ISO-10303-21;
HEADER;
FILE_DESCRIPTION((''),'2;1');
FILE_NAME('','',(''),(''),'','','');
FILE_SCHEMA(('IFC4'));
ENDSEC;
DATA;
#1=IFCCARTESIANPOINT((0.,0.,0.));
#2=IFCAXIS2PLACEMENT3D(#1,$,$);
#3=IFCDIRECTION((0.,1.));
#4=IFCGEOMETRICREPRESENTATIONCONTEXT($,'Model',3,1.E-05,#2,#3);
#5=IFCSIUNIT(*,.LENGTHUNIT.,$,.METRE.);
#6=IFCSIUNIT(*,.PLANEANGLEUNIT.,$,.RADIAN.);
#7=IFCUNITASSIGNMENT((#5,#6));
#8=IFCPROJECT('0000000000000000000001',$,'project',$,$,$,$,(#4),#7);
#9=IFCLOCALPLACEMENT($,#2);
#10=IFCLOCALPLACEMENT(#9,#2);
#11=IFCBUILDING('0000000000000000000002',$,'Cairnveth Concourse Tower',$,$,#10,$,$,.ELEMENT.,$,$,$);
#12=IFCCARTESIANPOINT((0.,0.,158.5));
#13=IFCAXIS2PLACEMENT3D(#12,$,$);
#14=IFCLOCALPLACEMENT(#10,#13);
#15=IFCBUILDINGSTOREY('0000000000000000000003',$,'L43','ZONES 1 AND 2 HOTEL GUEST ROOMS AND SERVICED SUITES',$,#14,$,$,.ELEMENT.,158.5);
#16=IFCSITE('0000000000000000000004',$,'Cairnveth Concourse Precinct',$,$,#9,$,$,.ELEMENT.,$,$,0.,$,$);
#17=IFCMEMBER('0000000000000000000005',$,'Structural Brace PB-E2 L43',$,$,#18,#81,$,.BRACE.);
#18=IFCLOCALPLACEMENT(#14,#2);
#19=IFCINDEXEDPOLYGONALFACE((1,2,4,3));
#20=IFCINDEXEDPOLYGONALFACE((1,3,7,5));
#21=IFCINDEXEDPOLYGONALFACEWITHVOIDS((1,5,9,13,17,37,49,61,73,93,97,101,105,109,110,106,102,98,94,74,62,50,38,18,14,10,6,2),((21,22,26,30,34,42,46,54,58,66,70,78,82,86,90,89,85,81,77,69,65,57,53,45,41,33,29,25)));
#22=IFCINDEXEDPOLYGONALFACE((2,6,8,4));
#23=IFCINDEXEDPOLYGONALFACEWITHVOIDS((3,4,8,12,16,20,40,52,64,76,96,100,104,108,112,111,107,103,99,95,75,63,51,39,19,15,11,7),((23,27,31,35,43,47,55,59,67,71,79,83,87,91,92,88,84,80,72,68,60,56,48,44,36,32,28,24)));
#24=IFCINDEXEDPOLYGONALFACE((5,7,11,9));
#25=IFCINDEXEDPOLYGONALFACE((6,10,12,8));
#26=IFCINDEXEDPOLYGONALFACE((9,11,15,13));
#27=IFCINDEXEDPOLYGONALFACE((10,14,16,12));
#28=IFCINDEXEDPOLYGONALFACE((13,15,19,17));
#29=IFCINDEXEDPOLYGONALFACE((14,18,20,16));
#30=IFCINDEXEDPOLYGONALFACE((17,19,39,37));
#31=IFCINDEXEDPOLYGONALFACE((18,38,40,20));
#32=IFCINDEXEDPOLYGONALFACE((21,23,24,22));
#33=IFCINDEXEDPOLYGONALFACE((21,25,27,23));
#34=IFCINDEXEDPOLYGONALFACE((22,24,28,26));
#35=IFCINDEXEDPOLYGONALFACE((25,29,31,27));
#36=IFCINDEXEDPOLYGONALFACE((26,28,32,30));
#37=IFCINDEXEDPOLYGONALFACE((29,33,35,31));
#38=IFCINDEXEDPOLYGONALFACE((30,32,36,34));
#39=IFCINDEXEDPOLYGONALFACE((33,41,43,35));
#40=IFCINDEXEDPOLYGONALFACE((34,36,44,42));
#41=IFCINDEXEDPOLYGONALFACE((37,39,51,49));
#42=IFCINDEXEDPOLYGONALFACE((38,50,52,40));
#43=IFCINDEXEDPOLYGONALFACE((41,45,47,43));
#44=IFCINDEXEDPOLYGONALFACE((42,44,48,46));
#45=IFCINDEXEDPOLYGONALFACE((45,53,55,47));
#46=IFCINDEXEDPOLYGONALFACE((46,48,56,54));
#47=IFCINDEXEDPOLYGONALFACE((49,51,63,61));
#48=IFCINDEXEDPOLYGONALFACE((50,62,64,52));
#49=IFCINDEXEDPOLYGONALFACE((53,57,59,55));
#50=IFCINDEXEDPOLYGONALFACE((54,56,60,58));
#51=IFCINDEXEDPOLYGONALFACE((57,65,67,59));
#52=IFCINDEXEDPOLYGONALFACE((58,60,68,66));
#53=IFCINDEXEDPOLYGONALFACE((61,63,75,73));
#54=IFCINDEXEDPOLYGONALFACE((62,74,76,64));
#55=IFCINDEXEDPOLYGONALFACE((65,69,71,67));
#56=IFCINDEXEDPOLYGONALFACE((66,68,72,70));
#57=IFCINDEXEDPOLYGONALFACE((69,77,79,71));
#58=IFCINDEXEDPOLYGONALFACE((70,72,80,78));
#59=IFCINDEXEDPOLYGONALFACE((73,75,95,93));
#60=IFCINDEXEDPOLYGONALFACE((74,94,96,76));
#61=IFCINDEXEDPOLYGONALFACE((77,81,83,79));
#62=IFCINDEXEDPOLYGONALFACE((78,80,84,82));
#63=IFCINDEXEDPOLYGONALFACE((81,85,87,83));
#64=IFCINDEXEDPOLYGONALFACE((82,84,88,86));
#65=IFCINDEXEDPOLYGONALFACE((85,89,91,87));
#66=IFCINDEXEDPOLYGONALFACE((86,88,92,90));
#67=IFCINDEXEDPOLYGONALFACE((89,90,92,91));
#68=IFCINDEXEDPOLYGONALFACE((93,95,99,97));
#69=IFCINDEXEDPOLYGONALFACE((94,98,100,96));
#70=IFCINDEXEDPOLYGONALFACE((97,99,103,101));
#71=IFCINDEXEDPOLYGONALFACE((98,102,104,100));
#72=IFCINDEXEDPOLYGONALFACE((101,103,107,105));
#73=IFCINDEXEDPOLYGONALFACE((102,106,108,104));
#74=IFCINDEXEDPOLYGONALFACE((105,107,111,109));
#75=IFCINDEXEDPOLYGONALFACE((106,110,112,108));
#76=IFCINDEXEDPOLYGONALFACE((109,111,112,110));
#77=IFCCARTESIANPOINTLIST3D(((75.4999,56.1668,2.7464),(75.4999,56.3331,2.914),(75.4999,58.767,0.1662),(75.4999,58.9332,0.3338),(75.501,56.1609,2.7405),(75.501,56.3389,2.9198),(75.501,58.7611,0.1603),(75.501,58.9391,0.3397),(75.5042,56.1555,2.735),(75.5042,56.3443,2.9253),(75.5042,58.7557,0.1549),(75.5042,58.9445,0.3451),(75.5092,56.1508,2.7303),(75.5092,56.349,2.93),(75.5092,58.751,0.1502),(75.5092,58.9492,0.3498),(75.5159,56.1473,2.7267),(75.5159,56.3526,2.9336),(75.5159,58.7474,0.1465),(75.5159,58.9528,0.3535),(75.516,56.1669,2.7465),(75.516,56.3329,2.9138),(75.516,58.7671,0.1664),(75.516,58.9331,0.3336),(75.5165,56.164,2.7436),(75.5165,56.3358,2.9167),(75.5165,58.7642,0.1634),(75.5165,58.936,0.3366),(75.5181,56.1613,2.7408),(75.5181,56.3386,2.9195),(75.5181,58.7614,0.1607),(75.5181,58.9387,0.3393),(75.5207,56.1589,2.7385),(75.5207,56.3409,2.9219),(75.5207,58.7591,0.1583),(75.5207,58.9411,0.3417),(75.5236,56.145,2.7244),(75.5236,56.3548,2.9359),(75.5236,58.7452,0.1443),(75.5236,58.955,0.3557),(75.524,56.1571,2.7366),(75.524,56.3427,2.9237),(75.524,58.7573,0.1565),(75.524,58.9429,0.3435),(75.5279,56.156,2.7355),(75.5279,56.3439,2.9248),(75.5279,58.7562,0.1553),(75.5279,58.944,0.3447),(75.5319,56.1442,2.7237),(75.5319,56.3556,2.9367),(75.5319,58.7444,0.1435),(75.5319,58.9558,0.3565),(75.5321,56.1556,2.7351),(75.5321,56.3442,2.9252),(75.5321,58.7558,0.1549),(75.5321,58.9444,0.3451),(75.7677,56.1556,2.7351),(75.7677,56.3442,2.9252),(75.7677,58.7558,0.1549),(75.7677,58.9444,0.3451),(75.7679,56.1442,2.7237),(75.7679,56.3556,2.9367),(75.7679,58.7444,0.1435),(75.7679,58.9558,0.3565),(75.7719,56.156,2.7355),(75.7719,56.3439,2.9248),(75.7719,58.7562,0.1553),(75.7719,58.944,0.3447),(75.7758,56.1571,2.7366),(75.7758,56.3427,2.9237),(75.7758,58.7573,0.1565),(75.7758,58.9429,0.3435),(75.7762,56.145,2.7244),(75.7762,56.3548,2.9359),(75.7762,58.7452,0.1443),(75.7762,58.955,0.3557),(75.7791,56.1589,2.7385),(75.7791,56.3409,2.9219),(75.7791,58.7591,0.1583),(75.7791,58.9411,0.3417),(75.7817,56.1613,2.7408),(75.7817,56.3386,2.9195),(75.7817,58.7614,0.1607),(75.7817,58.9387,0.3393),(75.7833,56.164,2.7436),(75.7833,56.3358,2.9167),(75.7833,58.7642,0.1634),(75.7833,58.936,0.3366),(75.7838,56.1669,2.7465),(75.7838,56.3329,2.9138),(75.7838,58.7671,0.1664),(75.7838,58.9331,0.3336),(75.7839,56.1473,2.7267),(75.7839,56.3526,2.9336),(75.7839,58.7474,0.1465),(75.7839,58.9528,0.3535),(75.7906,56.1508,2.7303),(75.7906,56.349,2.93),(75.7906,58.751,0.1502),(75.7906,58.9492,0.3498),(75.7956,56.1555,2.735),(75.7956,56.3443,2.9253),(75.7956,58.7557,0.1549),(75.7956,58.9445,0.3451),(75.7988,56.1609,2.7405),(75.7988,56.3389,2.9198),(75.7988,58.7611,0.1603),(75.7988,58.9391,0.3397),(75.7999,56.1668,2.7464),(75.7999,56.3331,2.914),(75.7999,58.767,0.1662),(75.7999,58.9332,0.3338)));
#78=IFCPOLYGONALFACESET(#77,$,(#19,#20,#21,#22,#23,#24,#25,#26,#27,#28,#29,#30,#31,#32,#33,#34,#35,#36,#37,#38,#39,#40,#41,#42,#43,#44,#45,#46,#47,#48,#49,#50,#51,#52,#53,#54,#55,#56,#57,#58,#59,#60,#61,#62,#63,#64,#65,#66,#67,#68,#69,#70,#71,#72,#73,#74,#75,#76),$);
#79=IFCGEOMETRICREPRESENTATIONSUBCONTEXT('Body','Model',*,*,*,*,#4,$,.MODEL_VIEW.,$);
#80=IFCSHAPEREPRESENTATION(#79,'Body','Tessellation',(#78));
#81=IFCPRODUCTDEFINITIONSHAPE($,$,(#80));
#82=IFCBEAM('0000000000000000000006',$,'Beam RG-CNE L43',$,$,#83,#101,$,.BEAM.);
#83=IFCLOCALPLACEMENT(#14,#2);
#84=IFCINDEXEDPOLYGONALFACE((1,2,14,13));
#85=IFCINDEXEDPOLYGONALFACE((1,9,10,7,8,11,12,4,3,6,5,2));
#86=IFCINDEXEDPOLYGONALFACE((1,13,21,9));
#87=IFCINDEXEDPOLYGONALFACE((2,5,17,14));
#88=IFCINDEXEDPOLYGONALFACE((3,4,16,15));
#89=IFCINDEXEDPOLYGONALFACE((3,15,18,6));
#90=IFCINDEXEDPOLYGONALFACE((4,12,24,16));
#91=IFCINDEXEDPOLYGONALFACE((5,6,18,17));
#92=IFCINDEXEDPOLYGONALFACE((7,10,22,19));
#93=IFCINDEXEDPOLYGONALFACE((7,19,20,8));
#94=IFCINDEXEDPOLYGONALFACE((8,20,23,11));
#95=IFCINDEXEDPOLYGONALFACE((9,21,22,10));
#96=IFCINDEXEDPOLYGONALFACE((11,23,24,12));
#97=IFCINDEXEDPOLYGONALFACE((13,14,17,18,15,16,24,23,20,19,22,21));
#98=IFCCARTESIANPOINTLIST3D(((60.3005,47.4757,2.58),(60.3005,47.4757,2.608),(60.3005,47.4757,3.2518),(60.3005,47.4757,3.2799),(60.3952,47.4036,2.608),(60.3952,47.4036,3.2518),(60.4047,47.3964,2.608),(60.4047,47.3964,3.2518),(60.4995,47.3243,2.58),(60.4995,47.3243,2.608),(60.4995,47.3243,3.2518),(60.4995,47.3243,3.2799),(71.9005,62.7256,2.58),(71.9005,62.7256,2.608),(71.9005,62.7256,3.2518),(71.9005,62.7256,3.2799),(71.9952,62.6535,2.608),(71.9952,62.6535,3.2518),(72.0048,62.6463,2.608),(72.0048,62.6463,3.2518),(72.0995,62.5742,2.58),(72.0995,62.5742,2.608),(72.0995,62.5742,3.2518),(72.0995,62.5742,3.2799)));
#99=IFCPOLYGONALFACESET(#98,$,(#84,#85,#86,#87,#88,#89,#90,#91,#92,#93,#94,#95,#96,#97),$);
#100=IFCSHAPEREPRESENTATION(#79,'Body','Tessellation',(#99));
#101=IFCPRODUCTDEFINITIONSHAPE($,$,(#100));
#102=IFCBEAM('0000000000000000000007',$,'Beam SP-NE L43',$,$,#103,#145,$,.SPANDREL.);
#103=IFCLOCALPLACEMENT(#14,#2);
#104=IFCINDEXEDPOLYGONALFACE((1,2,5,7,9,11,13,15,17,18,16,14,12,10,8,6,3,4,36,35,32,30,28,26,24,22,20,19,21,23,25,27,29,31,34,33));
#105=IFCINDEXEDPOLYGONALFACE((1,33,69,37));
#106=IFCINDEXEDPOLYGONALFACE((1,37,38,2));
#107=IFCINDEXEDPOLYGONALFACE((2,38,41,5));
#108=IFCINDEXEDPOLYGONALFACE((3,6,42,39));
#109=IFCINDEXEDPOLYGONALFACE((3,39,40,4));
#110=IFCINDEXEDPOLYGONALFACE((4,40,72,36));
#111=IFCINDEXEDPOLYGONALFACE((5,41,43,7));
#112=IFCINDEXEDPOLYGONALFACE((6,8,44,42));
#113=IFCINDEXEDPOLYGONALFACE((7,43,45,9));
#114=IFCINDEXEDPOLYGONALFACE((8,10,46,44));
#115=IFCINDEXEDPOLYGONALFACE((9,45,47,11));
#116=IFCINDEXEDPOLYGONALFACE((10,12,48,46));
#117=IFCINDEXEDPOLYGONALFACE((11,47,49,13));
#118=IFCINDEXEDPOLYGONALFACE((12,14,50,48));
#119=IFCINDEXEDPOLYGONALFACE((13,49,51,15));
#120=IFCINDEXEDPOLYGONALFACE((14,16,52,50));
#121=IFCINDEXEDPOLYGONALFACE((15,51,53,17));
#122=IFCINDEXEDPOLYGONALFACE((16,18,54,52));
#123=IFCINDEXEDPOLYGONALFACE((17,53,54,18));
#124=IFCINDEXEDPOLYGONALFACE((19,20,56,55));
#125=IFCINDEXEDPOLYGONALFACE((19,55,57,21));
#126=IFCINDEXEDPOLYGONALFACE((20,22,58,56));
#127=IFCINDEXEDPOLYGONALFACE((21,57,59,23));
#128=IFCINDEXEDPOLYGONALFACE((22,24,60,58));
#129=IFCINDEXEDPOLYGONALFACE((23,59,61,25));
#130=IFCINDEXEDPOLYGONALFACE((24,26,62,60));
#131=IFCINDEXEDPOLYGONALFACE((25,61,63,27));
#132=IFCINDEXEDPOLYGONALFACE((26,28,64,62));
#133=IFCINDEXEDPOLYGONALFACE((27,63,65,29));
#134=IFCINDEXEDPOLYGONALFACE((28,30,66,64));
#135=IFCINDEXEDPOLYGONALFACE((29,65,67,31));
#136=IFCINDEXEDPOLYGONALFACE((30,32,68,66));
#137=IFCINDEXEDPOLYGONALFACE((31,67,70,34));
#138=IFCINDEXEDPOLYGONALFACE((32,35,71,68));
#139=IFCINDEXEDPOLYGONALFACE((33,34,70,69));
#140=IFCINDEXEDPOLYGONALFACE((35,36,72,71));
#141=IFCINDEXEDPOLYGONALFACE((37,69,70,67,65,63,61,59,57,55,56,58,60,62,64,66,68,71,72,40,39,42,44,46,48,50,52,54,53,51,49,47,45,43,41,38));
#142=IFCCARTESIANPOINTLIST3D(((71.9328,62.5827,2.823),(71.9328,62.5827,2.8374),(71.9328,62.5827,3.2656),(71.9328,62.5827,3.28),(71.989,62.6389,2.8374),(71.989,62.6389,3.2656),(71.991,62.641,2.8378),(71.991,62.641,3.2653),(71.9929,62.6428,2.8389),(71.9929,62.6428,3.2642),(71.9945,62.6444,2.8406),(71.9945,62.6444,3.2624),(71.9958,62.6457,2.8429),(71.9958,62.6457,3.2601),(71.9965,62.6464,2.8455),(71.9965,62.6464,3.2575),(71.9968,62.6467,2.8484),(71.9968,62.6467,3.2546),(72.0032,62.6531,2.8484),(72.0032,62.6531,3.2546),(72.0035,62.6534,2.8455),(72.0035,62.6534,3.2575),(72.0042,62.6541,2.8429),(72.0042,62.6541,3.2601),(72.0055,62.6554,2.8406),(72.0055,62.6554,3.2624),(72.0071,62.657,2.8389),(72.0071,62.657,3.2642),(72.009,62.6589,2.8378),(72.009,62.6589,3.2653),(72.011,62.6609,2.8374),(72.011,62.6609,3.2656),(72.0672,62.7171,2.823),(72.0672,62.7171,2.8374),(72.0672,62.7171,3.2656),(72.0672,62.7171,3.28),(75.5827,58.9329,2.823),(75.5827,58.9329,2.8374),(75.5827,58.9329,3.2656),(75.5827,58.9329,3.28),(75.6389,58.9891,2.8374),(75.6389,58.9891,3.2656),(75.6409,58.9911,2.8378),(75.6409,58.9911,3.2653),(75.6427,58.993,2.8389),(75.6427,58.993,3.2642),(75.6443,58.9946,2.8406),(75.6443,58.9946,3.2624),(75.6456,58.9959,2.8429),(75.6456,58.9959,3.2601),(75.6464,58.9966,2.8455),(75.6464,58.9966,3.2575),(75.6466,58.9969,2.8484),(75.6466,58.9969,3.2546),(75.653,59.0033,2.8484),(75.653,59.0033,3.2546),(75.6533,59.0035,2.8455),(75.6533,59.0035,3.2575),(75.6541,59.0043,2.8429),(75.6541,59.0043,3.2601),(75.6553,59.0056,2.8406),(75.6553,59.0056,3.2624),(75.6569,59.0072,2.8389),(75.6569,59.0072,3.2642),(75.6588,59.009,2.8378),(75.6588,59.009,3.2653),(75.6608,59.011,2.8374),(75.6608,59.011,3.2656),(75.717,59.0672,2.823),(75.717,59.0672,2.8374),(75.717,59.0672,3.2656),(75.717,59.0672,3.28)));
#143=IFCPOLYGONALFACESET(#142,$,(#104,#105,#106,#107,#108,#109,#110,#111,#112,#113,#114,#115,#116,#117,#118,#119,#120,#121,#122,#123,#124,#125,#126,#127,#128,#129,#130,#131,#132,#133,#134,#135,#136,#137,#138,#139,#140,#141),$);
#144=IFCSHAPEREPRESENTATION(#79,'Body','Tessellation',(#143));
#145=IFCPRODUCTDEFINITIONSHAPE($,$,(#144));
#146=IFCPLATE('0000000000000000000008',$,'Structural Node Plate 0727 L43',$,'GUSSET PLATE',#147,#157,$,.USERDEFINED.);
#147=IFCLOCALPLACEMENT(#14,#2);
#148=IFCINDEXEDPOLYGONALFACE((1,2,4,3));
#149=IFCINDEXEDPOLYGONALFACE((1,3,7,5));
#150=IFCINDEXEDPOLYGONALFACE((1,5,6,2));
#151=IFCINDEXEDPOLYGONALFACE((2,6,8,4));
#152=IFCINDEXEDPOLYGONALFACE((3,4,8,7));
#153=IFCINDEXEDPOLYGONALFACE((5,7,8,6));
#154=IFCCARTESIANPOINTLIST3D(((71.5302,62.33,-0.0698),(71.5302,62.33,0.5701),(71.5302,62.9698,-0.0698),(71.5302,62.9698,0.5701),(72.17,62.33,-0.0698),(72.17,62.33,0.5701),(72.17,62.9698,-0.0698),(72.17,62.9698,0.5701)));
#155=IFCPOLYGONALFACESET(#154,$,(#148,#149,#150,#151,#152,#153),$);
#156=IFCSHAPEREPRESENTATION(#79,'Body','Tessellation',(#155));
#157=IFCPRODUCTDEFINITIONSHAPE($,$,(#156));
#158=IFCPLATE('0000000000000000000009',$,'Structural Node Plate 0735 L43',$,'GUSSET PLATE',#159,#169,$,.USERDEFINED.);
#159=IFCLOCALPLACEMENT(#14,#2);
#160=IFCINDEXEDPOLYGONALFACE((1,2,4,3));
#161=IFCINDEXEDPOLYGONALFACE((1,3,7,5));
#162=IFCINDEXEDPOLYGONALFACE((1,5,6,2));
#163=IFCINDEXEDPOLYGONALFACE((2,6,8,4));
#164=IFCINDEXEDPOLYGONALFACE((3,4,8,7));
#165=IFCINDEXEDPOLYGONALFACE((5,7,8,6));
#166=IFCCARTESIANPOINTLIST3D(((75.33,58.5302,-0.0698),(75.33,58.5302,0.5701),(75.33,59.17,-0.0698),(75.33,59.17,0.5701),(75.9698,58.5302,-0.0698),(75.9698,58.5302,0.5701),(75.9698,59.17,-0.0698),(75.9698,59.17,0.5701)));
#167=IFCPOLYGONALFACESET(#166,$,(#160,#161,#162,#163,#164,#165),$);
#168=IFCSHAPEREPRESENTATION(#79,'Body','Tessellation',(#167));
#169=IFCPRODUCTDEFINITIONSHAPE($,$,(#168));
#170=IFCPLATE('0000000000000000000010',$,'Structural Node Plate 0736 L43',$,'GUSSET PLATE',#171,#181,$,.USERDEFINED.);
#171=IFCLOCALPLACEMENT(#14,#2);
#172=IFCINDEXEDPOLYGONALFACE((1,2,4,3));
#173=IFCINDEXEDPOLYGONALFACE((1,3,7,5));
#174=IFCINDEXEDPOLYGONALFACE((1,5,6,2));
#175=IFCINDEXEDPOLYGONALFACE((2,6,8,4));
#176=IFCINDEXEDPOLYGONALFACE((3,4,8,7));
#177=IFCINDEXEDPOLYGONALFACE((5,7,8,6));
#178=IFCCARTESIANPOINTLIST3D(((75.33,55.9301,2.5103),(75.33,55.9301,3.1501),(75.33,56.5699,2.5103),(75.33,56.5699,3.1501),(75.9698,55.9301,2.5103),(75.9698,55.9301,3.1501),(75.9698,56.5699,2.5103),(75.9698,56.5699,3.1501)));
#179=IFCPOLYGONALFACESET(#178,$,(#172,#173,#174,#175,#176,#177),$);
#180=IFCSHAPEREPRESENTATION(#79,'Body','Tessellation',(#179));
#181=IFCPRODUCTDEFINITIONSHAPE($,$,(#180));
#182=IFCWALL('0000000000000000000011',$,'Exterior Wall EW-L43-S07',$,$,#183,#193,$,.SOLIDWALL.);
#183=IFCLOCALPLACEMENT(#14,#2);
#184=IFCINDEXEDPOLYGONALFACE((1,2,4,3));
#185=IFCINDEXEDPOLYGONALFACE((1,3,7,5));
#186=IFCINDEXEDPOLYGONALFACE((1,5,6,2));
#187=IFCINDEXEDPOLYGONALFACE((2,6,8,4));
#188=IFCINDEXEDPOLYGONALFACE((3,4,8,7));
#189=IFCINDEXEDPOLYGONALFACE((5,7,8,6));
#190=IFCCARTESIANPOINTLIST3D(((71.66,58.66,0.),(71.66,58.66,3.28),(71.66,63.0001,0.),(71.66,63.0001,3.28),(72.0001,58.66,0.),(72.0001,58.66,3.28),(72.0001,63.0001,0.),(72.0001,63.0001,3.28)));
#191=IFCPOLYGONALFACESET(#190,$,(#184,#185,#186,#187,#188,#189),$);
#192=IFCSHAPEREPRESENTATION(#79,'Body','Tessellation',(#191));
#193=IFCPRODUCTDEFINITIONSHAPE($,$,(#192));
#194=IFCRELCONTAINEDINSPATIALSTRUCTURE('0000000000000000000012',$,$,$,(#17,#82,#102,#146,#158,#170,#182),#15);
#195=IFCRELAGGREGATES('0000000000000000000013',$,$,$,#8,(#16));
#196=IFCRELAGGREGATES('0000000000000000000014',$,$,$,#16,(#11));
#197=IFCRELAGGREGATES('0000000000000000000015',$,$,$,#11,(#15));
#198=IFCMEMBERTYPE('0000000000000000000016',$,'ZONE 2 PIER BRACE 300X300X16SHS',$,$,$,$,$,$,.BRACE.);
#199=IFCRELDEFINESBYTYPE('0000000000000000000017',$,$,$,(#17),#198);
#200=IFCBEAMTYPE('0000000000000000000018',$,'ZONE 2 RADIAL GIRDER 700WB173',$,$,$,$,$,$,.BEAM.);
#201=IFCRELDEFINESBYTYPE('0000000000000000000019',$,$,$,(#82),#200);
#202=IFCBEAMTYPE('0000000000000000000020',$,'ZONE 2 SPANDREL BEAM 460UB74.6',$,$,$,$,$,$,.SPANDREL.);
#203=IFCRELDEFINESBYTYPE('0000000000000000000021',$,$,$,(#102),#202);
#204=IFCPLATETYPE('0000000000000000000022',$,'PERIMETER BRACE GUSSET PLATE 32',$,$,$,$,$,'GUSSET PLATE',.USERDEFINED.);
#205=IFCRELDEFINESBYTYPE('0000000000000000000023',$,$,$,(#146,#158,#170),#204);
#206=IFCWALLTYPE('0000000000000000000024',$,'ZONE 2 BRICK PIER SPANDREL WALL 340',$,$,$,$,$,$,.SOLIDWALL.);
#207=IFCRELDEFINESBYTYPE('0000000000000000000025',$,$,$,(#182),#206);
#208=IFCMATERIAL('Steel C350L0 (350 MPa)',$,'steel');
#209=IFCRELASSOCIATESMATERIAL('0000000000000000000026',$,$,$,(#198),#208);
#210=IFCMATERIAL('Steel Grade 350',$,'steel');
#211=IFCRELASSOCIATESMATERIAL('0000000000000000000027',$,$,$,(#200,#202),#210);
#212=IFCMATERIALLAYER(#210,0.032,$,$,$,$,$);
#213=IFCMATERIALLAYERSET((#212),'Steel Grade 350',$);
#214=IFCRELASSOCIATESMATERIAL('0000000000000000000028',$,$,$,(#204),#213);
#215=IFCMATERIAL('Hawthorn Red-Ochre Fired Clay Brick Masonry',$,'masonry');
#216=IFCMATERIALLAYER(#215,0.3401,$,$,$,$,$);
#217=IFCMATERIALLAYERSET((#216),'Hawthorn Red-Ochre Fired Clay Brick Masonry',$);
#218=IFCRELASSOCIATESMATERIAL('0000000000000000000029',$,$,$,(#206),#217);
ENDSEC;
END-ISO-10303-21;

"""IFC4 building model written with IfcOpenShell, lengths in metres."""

from ifc_helpers import new_model, si_unit, direction, frame, frame_2d, origin, origin_2d, place, context, subcontext, project, spatial, rectangle, hollow_rectangle, i_section, extrude, material, layer, layer_set, material_profile, profile_set, type_object, element, save


model = new_model("IFC4")

# Units and contexts
model_context = context("Model", 3, precision=1e-05, world=origin(), true_north=direction((0.0, 1.0)))
body_context = subcontext(model_context, "Body", "Model", "MODEL_VIEW")
ifc_project = project(units=[si_unit("LENGTHUNIT", "METRE"), si_unit("PLANEANGLEUNIT", "RADIAN")], contexts=[model_context])

# Site, building, storey
site_placement = place(None, origin())
site = spatial("IfcSite", under=ifc_project, at=site_placement, Name="Cairnveth Concourse Precinct", CompositionType="ELEMENT", RefElevation=0.0)
building_placement = place(site_placement, origin())
building = spatial("IfcBuilding", under=site, at=building_placement, Name="Cairnveth Concourse Tower", CompositionType="ELEMENT")
storey_placement = place(building_placement, frame((0.0, 0.0, 158.5)))
storey = spatial("IfcBuildingStorey", under=building, at=storey_placement, Name="L43", Description="ZONES 1 AND 2 HOTEL GUEST ROOMS AND SERVICED SUITES", CompositionType="ELEMENT", Elevation=158.5)

# Shared definitions
ifc_material_1 = material(Name="Steel Grade 350", Category="steel")

# Member
ifc_material_2 = material(Name="Steel C350L0 (350 MPa)", Category="steel")
ifc_material_profile_1 = material_profile(ifc_material_2, hollow_rectangle(XDim=0.3, YDim=0.3, WallThickness=0.0161, InnerFilletRadius=0.0161, OuterFilletRadius=0.032, at=origin_2d()), Name="300x300x16.0SHS")
ifc_profile_set_1 = profile_set([ifc_material_profile_1], Name="Steel C350L0 (350 MPa)")
member_type = type_object("IfcMemberType", Name="ZONE 2 PIER BRACE 300X300X16SHS", PredefinedType="BRACE", material=ifc_profile_set_1)
for number, where, z_axis, x_axis, name in (
    (1, (75.6499, 58.8501, 0.25), (0.0, -0.709834, 0.704369), (1.0, 0.0, 0.0), "Structural Brace PB-E2 L43"),
):
    element("IfcMember", number, at=place(storey_placement, frame(where, z_axis=z_axis, x_axis=x_axis)), inside=storey, type_object=member_type, Name=name, PredefinedType="BRACE", context=body_context, shape_type="SweptSolid", body=[
        extrude(hollow_rectangle(XDim=0.3, YDim=0.3, WallThickness=0.0161, InnerFilletRadius=0.0161, OuterFilletRadius=0.032, at=origin_2d()), origin(), (0.0, 0.0, 1.0), 3.6631),
    ])

# Beams
ifc_material_profile_2 = material_profile(ifc_material_1, i_section(OverallWidth=0.25, OverallDepth=0.7, WebThickness=0.012, FlangeThickness=0.0281, at=origin_2d()), Name="700WB173")
ifc_profile_set_2 = profile_set([ifc_material_profile_2], Name="Steel Grade 350")
beam_type_1 = type_object("IfcBeamType", Name="ZONE 2 RADIAL GIRDER 700WB173", PredefinedType="BEAM", material=ifc_profile_set_2)
beam_1_placement = place(storey_placement, frame((72.0, 62.6499, 2.9299), z_axis=(-0.605417, -0.795908, 0.0), x_axis=(0.795908, -0.605417, 0.0)))
element("IfcBeam", 2, at=beam_1_placement, inside=storey, type_object=beam_type_1, Name="Beam RG-CNE L43", PredefinedType="BEAM", context=body_context, shape_type="SweptSolid", body=[
    extrude(i_section(OverallWidth=0.25, OverallDepth=0.7, WebThickness=0.012, FlangeThickness=0.0281, at=origin_2d()), origin(), (0.0, 0.0, 1.0), 19.1604),
])
ifc_material_profile_3 = material_profile(ifc_material_1, i_section(OverallWidth=0.1899, OverallDepth=0.457, WebThickness=0.009, FlangeThickness=0.0144, FilletRadius=0.011, at=origin_2d()), Name="460UB74.6")
ifc_profile_set_3 = profile_set([ifc_material_profile_3], Name="Steel Grade 350")
beam_type_2 = type_object("IfcBeamType", Name="ZONE 2 SPANDREL BEAM 460UB74.6", PredefinedType="SPANDREL", material=ifc_profile_set_3)
beam_2_placement = place(storey_placement, frame((72.0, 62.6499, 3.0515), z_axis=(0.707107, -0.707107, 0.0), x_axis=(0.707107, 0.707107, 0.0)))
element("IfcBeam", 3, at=beam_2_placement, inside=storey, type_object=beam_type_2, Name="Beam SP-NE L43", PredefinedType="SPANDREL", context=body_context, shape_type="SweptSolid", body=[
    extrude(i_section(OverallWidth=0.1899, OverallDepth=0.457, WebThickness=0.009, FlangeThickness=0.0144, FilletRadius=0.011, at=origin_2d()), origin(), (0.0, 0.0, 1.0), 5.1616),
])

# Plates
ifc_layer_1 = layer(ifc_material_1, 0.032)
ifc_layer_set_1 = layer_set([ifc_layer_1], Name="Steel Grade 350")
plate_type = type_object("IfcPlateType", Name="PERIMETER BRACE GUSSET PLATE 32", ElementType="GUSSET PLATE", PredefinedType="USERDEFINED", material=ifc_layer_set_1)
for number, where, z_axis, x_axis, name in (
    (4, (71.8501, 62.6499, -0.0698), (0.0, 0.0, 1.0), (1.0, 0.0, 0.0), "Structural Node Plate 0727 L43"),
    (5, (75.6499, 58.8501, -0.0698), (0.0, 0.0, 1.0), (1.0, 0.0, 0.0), "Structural Node Plate 0735 L43"),
    (6, (75.6499, 56.25, 2.5103), (0.0, 0.0, 1.0), (1.0, 0.0, 0.0), "Structural Node Plate 0736 L43"),
):
    element("IfcPlate", number, at=place(storey_placement, frame(where, z_axis=z_axis, x_axis=x_axis)), inside=storey, type_object=plate_type, Name=name, ObjectType="GUSSET PLATE", PredefinedType="USERDEFINED", context=body_context, shape_type="SweptSolid", body=[
        extrude(rectangle(XDim=0.6399, YDim=0.6399, at=origin_2d()), origin(), (0.0, 0.0, 1.0), 0.6399),
    ])

# Wall
ifc_material_3 = material(Name="Hawthorn Red-Ochre Fired Clay Brick Masonry", Category="masonry")
ifc_layer_2 = layer(ifc_material_3, 0.3401)
ifc_layer_set_2 = layer_set([ifc_layer_2], Name="Hawthorn Red-Ochre Fired Clay Brick Masonry")
wall_type = type_object("IfcWallType", Name="ZONE 2 BRICK PIER SPANDREL WALL 340", PredefinedType="SOLIDWALL", material=ifc_layer_set_2)
wall_1_placement = place(storey_placement, frame((71.8301, 63.0, 0.0), z_axis=(0.0, 0.0, 1.0), x_axis=(0.0, -1.0, 0.0)))
element("IfcWall", 7, at=wall_1_placement, inside=storey, type_object=wall_type, Name="Exterior Wall EW-L43-S07", PredefinedType="SOLIDWALL", context=body_context, shape_type="SweptSolid", body=[
    extrude(rectangle(XDim=4.3401, YDim=0.3401, at=frame_2d((2.1699, 0.0))), origin(), (0.0, 0.0, 1.0), 3.28),
])

save(model, "model.ifc")
